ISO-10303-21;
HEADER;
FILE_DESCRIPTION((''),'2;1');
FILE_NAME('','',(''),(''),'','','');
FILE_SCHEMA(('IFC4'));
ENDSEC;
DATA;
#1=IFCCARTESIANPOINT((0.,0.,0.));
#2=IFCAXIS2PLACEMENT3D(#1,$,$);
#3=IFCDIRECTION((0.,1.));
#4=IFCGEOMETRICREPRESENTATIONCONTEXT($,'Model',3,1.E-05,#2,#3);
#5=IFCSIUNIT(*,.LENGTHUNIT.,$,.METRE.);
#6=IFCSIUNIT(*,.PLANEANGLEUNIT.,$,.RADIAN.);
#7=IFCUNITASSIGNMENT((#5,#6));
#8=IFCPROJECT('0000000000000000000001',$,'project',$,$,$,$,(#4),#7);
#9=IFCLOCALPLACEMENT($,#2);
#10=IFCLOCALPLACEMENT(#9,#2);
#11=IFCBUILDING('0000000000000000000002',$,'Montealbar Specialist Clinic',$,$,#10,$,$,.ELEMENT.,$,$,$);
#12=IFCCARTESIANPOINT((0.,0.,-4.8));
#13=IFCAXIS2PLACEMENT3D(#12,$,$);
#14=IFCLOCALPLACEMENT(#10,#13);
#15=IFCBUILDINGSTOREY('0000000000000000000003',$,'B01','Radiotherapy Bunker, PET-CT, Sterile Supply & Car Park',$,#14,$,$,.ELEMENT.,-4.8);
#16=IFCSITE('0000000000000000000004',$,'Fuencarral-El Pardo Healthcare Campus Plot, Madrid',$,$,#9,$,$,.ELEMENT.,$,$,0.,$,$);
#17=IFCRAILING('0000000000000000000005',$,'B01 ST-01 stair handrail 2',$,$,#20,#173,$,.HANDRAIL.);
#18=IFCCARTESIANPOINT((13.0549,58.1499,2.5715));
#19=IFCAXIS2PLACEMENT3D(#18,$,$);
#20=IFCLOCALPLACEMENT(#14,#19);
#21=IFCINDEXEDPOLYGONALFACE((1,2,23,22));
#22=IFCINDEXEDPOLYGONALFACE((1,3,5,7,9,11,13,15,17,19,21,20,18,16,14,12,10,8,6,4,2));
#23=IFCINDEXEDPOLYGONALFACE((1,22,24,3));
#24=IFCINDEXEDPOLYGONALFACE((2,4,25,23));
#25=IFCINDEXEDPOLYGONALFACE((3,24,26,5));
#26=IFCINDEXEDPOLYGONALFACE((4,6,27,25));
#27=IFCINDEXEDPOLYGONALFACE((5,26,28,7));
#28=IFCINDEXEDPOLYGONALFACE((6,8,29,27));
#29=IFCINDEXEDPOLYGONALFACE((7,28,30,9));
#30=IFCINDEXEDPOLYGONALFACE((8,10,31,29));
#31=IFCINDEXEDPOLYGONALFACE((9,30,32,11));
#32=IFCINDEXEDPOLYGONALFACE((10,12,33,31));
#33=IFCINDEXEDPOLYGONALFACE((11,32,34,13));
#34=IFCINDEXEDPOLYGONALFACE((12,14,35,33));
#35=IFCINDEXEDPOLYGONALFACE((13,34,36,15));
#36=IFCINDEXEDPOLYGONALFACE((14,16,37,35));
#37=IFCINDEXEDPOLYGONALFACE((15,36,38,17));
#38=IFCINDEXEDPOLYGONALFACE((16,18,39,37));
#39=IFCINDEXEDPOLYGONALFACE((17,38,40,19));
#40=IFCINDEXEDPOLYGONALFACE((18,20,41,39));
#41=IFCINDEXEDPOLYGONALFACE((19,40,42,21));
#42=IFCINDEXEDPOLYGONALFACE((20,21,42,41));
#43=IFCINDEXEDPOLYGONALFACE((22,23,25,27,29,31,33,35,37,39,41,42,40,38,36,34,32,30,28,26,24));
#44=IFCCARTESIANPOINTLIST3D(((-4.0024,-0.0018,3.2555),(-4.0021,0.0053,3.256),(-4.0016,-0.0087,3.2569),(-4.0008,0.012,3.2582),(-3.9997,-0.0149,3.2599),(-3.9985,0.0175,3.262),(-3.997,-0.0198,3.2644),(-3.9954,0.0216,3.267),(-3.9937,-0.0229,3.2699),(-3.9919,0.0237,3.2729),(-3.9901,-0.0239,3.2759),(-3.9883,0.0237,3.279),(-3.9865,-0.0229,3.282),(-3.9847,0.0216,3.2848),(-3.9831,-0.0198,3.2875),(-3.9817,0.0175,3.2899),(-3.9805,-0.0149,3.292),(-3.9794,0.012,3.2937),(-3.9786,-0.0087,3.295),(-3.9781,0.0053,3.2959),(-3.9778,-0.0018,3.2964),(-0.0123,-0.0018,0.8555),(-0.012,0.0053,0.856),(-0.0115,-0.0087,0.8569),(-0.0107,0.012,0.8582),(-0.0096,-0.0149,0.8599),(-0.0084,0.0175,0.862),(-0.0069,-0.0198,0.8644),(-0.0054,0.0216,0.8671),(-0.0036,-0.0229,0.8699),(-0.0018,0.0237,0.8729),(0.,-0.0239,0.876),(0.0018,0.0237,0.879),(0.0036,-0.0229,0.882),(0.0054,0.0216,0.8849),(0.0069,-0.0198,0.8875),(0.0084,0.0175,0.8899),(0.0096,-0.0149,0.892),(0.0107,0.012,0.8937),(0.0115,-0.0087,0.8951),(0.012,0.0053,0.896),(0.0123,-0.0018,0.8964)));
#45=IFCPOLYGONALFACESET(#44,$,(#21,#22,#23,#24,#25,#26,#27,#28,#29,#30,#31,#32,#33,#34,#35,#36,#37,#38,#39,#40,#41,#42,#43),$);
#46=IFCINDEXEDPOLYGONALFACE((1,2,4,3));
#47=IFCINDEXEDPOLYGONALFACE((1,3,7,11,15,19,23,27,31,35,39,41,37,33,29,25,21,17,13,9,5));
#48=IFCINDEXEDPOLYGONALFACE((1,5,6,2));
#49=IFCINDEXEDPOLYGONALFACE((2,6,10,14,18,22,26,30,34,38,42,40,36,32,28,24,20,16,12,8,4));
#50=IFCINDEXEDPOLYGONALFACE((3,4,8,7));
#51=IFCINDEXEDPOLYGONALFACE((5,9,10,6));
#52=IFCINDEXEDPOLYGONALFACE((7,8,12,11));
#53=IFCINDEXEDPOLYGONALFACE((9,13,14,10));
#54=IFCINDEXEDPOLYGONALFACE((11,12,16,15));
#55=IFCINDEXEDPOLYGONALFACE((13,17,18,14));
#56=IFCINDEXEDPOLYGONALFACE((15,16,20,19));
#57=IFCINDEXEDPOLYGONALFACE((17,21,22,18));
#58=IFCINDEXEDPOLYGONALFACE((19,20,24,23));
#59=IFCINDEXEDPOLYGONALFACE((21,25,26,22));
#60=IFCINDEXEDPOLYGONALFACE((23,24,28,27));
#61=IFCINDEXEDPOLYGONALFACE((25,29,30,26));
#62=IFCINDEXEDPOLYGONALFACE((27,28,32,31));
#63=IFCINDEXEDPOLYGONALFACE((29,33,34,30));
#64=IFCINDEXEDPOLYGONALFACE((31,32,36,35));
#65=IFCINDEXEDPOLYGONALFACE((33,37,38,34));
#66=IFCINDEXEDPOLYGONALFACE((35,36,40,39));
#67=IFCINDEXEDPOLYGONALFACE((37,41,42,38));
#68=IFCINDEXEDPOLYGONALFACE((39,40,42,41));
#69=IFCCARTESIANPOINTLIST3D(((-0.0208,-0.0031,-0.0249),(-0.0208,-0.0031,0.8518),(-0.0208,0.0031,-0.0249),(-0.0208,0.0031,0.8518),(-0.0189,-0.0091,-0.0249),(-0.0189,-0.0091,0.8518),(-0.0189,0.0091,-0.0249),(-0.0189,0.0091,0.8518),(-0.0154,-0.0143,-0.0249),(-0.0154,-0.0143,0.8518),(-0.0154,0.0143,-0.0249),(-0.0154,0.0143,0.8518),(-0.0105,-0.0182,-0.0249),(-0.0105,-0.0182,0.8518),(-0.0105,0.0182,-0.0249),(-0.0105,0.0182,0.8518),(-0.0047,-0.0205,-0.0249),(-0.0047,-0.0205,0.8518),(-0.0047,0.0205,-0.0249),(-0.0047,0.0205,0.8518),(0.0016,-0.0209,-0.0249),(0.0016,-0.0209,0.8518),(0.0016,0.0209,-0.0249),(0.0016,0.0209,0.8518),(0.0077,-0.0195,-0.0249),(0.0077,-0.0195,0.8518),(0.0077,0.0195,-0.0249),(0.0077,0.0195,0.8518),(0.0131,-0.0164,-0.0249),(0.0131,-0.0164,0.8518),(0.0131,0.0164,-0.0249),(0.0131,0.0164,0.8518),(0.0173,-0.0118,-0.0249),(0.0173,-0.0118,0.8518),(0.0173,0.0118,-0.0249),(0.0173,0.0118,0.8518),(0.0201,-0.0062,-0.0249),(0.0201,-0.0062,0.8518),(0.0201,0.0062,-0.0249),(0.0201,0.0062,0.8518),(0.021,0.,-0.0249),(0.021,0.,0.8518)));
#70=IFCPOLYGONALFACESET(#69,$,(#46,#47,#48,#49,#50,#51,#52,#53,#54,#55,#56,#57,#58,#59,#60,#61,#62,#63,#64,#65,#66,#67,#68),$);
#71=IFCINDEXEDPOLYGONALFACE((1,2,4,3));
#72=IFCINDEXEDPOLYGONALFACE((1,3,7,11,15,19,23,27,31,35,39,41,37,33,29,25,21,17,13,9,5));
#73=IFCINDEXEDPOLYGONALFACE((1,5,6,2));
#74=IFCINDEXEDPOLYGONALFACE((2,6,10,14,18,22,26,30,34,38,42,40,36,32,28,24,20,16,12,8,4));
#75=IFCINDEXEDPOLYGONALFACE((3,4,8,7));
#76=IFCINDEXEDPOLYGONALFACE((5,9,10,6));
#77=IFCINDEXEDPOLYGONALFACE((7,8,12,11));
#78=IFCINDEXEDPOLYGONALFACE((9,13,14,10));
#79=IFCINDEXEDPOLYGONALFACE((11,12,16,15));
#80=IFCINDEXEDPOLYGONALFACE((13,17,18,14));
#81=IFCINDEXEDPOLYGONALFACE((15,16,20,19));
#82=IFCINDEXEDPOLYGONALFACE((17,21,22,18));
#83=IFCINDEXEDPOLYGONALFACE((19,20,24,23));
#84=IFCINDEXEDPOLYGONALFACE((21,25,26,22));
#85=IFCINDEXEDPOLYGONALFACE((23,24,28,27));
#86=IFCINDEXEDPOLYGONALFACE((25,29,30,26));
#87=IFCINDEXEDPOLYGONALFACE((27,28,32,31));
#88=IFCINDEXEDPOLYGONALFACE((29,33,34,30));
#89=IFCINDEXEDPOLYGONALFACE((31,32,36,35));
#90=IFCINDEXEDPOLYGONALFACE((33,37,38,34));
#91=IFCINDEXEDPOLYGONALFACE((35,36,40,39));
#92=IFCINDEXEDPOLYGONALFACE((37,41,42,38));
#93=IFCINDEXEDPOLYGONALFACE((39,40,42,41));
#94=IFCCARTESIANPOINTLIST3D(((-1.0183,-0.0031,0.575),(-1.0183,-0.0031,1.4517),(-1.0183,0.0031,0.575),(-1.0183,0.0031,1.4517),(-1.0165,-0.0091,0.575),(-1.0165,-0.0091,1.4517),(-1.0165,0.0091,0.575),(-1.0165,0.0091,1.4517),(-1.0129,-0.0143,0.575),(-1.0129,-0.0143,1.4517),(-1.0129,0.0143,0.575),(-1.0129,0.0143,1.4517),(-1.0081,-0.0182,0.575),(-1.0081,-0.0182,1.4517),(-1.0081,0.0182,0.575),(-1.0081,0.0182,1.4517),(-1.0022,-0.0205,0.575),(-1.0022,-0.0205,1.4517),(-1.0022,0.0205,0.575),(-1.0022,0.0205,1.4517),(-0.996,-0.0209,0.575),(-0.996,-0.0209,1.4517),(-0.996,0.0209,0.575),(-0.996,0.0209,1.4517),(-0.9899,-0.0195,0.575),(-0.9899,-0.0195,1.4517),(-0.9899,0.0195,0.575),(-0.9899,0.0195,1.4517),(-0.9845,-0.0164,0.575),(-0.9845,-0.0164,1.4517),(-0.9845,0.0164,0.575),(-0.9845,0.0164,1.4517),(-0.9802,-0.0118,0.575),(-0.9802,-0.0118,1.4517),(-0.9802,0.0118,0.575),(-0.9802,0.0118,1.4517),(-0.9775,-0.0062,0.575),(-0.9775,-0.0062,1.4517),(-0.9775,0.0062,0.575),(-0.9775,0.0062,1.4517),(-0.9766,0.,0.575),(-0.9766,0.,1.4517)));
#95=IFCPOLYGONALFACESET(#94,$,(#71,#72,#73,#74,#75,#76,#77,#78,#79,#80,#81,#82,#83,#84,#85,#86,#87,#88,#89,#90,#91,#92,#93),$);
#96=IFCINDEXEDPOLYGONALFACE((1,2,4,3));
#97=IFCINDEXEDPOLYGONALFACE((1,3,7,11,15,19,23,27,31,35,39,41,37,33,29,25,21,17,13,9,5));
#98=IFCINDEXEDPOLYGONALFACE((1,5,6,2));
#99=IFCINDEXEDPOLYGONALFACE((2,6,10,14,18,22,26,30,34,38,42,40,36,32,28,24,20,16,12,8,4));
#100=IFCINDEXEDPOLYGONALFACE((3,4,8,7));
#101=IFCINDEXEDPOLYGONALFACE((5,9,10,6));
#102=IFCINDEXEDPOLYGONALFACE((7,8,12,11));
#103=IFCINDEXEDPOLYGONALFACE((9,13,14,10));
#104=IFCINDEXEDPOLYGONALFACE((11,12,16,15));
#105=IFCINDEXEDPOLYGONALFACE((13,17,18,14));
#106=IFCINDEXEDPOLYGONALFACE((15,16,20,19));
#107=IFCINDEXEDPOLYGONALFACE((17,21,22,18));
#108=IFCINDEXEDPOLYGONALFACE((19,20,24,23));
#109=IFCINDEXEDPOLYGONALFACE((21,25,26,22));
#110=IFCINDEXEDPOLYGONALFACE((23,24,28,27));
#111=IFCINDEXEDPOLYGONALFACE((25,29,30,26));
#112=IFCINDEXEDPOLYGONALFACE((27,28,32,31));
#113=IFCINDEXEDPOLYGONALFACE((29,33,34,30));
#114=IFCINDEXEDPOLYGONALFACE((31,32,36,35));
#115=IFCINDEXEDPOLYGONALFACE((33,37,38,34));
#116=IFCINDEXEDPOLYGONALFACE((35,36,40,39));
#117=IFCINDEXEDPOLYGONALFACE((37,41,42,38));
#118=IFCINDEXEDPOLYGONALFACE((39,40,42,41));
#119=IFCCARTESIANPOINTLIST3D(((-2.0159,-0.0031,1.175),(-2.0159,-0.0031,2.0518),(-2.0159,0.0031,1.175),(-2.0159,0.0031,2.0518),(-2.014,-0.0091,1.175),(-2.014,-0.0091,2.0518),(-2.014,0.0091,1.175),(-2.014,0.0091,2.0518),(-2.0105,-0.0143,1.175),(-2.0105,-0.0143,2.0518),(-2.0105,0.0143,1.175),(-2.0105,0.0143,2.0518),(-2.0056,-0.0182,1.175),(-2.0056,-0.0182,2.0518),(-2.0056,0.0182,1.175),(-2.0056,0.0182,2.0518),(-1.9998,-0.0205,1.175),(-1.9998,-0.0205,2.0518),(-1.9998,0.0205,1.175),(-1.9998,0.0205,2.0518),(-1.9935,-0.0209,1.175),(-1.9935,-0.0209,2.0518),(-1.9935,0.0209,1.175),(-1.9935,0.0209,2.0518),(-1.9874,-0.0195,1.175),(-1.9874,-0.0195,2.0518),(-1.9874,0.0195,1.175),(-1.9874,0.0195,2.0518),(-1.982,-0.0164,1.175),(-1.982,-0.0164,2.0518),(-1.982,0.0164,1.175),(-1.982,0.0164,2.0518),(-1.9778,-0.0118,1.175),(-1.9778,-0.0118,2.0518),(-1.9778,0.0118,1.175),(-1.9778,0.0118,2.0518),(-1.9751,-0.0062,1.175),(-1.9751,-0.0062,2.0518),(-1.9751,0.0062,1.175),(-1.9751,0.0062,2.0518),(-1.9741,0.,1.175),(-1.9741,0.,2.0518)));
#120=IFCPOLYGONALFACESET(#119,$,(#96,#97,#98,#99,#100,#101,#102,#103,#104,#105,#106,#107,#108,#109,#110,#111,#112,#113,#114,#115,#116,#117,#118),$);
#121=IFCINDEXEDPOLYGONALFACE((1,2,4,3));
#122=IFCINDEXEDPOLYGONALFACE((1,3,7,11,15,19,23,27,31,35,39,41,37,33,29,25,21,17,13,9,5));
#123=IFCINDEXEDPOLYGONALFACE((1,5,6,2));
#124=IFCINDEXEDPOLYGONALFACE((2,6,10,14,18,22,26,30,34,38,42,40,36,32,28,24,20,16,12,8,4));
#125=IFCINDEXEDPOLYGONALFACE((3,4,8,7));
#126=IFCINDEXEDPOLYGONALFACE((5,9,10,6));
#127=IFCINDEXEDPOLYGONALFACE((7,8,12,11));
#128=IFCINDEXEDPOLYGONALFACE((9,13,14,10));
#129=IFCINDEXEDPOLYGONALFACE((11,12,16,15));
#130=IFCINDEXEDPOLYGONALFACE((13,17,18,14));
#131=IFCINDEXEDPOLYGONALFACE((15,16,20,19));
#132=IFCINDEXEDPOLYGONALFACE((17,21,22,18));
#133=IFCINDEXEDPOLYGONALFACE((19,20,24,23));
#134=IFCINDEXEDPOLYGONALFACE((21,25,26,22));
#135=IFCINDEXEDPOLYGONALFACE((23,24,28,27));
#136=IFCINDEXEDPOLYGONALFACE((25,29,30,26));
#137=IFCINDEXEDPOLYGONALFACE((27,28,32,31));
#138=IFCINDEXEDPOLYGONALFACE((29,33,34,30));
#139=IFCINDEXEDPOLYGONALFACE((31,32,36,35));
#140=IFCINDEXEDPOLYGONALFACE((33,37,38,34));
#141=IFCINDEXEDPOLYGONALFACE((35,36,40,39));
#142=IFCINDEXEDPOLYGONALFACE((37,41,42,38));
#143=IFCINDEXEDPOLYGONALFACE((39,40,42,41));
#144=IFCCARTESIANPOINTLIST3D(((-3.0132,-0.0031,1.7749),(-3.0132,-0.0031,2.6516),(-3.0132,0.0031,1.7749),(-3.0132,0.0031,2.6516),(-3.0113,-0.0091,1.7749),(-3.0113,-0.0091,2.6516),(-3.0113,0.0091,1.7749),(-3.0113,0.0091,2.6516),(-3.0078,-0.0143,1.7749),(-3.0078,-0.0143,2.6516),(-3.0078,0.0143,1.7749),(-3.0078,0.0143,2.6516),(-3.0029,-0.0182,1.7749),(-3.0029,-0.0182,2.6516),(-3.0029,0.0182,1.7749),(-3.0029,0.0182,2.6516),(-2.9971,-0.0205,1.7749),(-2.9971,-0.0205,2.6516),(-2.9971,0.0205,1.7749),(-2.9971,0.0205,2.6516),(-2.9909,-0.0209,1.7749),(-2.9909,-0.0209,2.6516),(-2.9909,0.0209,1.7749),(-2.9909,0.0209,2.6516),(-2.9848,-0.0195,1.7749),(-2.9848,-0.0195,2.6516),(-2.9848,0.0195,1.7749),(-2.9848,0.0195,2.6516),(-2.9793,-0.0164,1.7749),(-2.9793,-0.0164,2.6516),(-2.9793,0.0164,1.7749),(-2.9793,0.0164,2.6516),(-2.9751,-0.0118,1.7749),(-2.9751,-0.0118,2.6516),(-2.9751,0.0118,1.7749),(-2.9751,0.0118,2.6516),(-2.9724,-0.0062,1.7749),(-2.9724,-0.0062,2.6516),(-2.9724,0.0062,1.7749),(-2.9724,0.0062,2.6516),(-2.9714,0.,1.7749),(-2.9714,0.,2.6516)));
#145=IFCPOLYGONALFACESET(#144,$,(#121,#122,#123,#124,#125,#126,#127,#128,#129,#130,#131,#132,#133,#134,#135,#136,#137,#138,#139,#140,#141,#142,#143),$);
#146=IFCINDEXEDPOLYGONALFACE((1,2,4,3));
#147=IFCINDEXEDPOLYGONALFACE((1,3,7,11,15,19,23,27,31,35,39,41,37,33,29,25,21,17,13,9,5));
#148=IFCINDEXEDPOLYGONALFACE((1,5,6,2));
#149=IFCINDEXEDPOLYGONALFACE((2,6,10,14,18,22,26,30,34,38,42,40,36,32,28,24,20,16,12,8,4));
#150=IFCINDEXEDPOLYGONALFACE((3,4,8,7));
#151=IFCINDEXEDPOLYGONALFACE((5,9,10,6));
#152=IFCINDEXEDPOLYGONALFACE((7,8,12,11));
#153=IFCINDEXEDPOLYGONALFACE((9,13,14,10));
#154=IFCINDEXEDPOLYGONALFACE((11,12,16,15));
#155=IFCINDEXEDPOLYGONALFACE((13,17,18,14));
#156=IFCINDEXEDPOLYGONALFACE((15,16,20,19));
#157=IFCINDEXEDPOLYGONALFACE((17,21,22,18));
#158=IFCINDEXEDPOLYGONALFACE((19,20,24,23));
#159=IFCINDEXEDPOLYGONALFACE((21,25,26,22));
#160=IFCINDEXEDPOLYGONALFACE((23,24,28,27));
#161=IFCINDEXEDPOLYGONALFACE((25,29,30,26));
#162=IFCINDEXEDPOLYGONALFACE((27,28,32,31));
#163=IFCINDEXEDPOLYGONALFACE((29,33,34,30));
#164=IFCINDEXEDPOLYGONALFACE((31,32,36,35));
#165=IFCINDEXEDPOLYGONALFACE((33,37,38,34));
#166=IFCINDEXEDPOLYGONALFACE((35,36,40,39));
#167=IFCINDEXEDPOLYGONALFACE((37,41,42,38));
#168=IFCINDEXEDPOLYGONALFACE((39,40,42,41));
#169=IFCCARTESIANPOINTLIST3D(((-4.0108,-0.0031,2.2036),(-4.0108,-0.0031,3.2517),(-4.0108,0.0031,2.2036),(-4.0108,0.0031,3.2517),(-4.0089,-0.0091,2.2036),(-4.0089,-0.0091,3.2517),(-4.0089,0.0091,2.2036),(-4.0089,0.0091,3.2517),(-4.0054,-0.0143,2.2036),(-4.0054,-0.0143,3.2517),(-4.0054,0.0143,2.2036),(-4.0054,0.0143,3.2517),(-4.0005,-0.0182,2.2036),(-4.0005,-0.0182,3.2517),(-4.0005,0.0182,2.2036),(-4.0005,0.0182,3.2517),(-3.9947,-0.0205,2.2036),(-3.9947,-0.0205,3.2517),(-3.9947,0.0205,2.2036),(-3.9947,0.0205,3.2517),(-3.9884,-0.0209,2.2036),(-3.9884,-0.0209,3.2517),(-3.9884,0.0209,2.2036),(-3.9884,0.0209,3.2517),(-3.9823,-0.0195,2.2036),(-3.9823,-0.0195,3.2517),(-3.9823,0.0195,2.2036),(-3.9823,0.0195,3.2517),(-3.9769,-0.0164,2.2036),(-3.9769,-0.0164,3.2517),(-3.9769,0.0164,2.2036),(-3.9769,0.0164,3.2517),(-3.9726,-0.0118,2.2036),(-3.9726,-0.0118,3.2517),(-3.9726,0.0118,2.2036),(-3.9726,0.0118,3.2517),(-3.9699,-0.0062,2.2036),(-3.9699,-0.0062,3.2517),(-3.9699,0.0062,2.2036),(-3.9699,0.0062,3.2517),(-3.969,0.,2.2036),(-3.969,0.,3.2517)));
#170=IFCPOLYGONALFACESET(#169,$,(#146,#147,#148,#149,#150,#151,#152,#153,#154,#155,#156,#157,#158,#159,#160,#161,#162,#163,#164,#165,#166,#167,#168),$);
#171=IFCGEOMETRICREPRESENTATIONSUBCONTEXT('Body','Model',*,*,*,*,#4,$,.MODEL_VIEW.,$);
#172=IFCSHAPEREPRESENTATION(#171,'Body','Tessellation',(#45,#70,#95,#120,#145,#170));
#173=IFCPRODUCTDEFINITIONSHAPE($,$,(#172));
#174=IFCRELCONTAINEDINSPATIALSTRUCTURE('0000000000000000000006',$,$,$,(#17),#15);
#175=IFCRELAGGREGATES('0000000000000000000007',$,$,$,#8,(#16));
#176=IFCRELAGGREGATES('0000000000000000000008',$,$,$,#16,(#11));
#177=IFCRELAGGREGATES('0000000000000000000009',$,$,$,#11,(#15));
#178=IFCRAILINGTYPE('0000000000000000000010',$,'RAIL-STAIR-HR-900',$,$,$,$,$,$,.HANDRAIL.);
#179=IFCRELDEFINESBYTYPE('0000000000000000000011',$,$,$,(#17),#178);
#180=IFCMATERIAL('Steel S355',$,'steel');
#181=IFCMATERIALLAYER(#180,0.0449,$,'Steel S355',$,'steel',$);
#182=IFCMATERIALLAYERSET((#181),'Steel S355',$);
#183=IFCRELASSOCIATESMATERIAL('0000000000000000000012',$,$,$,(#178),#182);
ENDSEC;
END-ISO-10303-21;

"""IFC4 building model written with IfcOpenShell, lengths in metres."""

from ifc_helpers import new_model, si_unit, direction, frame, origin, origin_2d, place, context, subcontext, project, spatial, circle, extrude, material, layer, layer_set, type_object, element, save


model = new_model("IFC4")

# Units and contexts
model_context = context("Model", 3, precision=1e-05, world=origin(), true_north=direction((0.0, 1.0)))
body_context = subcontext(model_context, "Body", "Model", "MODEL_VIEW")
ifc_project = project(units=[si_unit("LENGTHUNIT", "METRE"), si_unit("PLANEANGLEUNIT", "RADIAN")], contexts=[model_context])

# Site, building, storey
site_placement = place(None, origin())
site = spatial("IfcSite", under=ifc_project, at=site_placement, Name="Fuencarral-El Pardo Healthcare Campus Plot, Madrid", CompositionType="ELEMENT", RefElevation=0.0)
building_placement = place(site_placement, origin())
building = spatial("IfcBuilding", under=site, at=building_placement, Name="Montealbar Specialist Clinic", CompositionType="ELEMENT")
storey_placement = place(building_placement, frame((0.0, 0.0, -4.8)))
storey = spatial("IfcBuildingStorey", under=building, at=storey_placement, Name="B01", Description="Radiotherapy Bunker, PET-CT, Sterile Supply & Car Park", CompositionType="ELEMENT", Elevation=-4.8)

# Shared definitions
ifc_material_1 = material(Name="Steel S355", Category="steel")

# Railing
ifc_layer_1 = layer(ifc_material_1, 0.0449, Name="Steel S355", Category="steel")
ifc_layer_set_1 = layer_set([ifc_layer_1], Name="Steel S355")
railing_type_1 = type_object("IfcRailingType", Name="RAIL-STAIR-HR-900", PredefinedType="HANDRAIL", material=ifc_layer_set_1)
railing_1_placement = place(storey_placement, frame((13.0549, 58.1499, 2.5715)))
element("IfcRailing", 1, at=railing_1_placement, inside=storey, type_object=railing_type_1, Name="B01 ST-01 stair handrail 2", PredefinedType="HANDRAIL", context=body_context, shape_type="SweptSolid", body=[
    extrude(circle(Radius=0.0239, at=origin_2d()), frame((0.0, 0.0, 0.876), z_axis=(-0.856933, 0.0, 0.515428), x_axis=(0.0, -1.0, 0.0)), (0.0, 0.0, 1.0), 4.6562),
    extrude(circle(Radius=0.021, at=origin_2d()), frame((0.0, 0.0, -0.0249)), (0.0, 0.0, 1.0), 0.8767),
    extrude(circle(Radius=0.021, at=origin_2d()), frame((-0.9976, 0.0, 0.575)), (0.0, 0.0, 1.0), 0.8767),
    extrude(circle(Radius=0.021, at=origin_2d()), frame((-1.9951, 0.0, 1.175)), (0.0, 0.0, 1.0), 0.8767),
    extrude(circle(Radius=0.021, at=origin_2d()), frame((-2.9924, 0.0, 1.7749)), (0.0, 0.0, 1.0), 0.8767),
    extrude(circle(Radius=0.021, at=origin_2d()), frame((-3.99, 0.0, 2.2036)), (0.0, 0.0, 1.0), 1.0481),
])

save(model, "model.ifc")
